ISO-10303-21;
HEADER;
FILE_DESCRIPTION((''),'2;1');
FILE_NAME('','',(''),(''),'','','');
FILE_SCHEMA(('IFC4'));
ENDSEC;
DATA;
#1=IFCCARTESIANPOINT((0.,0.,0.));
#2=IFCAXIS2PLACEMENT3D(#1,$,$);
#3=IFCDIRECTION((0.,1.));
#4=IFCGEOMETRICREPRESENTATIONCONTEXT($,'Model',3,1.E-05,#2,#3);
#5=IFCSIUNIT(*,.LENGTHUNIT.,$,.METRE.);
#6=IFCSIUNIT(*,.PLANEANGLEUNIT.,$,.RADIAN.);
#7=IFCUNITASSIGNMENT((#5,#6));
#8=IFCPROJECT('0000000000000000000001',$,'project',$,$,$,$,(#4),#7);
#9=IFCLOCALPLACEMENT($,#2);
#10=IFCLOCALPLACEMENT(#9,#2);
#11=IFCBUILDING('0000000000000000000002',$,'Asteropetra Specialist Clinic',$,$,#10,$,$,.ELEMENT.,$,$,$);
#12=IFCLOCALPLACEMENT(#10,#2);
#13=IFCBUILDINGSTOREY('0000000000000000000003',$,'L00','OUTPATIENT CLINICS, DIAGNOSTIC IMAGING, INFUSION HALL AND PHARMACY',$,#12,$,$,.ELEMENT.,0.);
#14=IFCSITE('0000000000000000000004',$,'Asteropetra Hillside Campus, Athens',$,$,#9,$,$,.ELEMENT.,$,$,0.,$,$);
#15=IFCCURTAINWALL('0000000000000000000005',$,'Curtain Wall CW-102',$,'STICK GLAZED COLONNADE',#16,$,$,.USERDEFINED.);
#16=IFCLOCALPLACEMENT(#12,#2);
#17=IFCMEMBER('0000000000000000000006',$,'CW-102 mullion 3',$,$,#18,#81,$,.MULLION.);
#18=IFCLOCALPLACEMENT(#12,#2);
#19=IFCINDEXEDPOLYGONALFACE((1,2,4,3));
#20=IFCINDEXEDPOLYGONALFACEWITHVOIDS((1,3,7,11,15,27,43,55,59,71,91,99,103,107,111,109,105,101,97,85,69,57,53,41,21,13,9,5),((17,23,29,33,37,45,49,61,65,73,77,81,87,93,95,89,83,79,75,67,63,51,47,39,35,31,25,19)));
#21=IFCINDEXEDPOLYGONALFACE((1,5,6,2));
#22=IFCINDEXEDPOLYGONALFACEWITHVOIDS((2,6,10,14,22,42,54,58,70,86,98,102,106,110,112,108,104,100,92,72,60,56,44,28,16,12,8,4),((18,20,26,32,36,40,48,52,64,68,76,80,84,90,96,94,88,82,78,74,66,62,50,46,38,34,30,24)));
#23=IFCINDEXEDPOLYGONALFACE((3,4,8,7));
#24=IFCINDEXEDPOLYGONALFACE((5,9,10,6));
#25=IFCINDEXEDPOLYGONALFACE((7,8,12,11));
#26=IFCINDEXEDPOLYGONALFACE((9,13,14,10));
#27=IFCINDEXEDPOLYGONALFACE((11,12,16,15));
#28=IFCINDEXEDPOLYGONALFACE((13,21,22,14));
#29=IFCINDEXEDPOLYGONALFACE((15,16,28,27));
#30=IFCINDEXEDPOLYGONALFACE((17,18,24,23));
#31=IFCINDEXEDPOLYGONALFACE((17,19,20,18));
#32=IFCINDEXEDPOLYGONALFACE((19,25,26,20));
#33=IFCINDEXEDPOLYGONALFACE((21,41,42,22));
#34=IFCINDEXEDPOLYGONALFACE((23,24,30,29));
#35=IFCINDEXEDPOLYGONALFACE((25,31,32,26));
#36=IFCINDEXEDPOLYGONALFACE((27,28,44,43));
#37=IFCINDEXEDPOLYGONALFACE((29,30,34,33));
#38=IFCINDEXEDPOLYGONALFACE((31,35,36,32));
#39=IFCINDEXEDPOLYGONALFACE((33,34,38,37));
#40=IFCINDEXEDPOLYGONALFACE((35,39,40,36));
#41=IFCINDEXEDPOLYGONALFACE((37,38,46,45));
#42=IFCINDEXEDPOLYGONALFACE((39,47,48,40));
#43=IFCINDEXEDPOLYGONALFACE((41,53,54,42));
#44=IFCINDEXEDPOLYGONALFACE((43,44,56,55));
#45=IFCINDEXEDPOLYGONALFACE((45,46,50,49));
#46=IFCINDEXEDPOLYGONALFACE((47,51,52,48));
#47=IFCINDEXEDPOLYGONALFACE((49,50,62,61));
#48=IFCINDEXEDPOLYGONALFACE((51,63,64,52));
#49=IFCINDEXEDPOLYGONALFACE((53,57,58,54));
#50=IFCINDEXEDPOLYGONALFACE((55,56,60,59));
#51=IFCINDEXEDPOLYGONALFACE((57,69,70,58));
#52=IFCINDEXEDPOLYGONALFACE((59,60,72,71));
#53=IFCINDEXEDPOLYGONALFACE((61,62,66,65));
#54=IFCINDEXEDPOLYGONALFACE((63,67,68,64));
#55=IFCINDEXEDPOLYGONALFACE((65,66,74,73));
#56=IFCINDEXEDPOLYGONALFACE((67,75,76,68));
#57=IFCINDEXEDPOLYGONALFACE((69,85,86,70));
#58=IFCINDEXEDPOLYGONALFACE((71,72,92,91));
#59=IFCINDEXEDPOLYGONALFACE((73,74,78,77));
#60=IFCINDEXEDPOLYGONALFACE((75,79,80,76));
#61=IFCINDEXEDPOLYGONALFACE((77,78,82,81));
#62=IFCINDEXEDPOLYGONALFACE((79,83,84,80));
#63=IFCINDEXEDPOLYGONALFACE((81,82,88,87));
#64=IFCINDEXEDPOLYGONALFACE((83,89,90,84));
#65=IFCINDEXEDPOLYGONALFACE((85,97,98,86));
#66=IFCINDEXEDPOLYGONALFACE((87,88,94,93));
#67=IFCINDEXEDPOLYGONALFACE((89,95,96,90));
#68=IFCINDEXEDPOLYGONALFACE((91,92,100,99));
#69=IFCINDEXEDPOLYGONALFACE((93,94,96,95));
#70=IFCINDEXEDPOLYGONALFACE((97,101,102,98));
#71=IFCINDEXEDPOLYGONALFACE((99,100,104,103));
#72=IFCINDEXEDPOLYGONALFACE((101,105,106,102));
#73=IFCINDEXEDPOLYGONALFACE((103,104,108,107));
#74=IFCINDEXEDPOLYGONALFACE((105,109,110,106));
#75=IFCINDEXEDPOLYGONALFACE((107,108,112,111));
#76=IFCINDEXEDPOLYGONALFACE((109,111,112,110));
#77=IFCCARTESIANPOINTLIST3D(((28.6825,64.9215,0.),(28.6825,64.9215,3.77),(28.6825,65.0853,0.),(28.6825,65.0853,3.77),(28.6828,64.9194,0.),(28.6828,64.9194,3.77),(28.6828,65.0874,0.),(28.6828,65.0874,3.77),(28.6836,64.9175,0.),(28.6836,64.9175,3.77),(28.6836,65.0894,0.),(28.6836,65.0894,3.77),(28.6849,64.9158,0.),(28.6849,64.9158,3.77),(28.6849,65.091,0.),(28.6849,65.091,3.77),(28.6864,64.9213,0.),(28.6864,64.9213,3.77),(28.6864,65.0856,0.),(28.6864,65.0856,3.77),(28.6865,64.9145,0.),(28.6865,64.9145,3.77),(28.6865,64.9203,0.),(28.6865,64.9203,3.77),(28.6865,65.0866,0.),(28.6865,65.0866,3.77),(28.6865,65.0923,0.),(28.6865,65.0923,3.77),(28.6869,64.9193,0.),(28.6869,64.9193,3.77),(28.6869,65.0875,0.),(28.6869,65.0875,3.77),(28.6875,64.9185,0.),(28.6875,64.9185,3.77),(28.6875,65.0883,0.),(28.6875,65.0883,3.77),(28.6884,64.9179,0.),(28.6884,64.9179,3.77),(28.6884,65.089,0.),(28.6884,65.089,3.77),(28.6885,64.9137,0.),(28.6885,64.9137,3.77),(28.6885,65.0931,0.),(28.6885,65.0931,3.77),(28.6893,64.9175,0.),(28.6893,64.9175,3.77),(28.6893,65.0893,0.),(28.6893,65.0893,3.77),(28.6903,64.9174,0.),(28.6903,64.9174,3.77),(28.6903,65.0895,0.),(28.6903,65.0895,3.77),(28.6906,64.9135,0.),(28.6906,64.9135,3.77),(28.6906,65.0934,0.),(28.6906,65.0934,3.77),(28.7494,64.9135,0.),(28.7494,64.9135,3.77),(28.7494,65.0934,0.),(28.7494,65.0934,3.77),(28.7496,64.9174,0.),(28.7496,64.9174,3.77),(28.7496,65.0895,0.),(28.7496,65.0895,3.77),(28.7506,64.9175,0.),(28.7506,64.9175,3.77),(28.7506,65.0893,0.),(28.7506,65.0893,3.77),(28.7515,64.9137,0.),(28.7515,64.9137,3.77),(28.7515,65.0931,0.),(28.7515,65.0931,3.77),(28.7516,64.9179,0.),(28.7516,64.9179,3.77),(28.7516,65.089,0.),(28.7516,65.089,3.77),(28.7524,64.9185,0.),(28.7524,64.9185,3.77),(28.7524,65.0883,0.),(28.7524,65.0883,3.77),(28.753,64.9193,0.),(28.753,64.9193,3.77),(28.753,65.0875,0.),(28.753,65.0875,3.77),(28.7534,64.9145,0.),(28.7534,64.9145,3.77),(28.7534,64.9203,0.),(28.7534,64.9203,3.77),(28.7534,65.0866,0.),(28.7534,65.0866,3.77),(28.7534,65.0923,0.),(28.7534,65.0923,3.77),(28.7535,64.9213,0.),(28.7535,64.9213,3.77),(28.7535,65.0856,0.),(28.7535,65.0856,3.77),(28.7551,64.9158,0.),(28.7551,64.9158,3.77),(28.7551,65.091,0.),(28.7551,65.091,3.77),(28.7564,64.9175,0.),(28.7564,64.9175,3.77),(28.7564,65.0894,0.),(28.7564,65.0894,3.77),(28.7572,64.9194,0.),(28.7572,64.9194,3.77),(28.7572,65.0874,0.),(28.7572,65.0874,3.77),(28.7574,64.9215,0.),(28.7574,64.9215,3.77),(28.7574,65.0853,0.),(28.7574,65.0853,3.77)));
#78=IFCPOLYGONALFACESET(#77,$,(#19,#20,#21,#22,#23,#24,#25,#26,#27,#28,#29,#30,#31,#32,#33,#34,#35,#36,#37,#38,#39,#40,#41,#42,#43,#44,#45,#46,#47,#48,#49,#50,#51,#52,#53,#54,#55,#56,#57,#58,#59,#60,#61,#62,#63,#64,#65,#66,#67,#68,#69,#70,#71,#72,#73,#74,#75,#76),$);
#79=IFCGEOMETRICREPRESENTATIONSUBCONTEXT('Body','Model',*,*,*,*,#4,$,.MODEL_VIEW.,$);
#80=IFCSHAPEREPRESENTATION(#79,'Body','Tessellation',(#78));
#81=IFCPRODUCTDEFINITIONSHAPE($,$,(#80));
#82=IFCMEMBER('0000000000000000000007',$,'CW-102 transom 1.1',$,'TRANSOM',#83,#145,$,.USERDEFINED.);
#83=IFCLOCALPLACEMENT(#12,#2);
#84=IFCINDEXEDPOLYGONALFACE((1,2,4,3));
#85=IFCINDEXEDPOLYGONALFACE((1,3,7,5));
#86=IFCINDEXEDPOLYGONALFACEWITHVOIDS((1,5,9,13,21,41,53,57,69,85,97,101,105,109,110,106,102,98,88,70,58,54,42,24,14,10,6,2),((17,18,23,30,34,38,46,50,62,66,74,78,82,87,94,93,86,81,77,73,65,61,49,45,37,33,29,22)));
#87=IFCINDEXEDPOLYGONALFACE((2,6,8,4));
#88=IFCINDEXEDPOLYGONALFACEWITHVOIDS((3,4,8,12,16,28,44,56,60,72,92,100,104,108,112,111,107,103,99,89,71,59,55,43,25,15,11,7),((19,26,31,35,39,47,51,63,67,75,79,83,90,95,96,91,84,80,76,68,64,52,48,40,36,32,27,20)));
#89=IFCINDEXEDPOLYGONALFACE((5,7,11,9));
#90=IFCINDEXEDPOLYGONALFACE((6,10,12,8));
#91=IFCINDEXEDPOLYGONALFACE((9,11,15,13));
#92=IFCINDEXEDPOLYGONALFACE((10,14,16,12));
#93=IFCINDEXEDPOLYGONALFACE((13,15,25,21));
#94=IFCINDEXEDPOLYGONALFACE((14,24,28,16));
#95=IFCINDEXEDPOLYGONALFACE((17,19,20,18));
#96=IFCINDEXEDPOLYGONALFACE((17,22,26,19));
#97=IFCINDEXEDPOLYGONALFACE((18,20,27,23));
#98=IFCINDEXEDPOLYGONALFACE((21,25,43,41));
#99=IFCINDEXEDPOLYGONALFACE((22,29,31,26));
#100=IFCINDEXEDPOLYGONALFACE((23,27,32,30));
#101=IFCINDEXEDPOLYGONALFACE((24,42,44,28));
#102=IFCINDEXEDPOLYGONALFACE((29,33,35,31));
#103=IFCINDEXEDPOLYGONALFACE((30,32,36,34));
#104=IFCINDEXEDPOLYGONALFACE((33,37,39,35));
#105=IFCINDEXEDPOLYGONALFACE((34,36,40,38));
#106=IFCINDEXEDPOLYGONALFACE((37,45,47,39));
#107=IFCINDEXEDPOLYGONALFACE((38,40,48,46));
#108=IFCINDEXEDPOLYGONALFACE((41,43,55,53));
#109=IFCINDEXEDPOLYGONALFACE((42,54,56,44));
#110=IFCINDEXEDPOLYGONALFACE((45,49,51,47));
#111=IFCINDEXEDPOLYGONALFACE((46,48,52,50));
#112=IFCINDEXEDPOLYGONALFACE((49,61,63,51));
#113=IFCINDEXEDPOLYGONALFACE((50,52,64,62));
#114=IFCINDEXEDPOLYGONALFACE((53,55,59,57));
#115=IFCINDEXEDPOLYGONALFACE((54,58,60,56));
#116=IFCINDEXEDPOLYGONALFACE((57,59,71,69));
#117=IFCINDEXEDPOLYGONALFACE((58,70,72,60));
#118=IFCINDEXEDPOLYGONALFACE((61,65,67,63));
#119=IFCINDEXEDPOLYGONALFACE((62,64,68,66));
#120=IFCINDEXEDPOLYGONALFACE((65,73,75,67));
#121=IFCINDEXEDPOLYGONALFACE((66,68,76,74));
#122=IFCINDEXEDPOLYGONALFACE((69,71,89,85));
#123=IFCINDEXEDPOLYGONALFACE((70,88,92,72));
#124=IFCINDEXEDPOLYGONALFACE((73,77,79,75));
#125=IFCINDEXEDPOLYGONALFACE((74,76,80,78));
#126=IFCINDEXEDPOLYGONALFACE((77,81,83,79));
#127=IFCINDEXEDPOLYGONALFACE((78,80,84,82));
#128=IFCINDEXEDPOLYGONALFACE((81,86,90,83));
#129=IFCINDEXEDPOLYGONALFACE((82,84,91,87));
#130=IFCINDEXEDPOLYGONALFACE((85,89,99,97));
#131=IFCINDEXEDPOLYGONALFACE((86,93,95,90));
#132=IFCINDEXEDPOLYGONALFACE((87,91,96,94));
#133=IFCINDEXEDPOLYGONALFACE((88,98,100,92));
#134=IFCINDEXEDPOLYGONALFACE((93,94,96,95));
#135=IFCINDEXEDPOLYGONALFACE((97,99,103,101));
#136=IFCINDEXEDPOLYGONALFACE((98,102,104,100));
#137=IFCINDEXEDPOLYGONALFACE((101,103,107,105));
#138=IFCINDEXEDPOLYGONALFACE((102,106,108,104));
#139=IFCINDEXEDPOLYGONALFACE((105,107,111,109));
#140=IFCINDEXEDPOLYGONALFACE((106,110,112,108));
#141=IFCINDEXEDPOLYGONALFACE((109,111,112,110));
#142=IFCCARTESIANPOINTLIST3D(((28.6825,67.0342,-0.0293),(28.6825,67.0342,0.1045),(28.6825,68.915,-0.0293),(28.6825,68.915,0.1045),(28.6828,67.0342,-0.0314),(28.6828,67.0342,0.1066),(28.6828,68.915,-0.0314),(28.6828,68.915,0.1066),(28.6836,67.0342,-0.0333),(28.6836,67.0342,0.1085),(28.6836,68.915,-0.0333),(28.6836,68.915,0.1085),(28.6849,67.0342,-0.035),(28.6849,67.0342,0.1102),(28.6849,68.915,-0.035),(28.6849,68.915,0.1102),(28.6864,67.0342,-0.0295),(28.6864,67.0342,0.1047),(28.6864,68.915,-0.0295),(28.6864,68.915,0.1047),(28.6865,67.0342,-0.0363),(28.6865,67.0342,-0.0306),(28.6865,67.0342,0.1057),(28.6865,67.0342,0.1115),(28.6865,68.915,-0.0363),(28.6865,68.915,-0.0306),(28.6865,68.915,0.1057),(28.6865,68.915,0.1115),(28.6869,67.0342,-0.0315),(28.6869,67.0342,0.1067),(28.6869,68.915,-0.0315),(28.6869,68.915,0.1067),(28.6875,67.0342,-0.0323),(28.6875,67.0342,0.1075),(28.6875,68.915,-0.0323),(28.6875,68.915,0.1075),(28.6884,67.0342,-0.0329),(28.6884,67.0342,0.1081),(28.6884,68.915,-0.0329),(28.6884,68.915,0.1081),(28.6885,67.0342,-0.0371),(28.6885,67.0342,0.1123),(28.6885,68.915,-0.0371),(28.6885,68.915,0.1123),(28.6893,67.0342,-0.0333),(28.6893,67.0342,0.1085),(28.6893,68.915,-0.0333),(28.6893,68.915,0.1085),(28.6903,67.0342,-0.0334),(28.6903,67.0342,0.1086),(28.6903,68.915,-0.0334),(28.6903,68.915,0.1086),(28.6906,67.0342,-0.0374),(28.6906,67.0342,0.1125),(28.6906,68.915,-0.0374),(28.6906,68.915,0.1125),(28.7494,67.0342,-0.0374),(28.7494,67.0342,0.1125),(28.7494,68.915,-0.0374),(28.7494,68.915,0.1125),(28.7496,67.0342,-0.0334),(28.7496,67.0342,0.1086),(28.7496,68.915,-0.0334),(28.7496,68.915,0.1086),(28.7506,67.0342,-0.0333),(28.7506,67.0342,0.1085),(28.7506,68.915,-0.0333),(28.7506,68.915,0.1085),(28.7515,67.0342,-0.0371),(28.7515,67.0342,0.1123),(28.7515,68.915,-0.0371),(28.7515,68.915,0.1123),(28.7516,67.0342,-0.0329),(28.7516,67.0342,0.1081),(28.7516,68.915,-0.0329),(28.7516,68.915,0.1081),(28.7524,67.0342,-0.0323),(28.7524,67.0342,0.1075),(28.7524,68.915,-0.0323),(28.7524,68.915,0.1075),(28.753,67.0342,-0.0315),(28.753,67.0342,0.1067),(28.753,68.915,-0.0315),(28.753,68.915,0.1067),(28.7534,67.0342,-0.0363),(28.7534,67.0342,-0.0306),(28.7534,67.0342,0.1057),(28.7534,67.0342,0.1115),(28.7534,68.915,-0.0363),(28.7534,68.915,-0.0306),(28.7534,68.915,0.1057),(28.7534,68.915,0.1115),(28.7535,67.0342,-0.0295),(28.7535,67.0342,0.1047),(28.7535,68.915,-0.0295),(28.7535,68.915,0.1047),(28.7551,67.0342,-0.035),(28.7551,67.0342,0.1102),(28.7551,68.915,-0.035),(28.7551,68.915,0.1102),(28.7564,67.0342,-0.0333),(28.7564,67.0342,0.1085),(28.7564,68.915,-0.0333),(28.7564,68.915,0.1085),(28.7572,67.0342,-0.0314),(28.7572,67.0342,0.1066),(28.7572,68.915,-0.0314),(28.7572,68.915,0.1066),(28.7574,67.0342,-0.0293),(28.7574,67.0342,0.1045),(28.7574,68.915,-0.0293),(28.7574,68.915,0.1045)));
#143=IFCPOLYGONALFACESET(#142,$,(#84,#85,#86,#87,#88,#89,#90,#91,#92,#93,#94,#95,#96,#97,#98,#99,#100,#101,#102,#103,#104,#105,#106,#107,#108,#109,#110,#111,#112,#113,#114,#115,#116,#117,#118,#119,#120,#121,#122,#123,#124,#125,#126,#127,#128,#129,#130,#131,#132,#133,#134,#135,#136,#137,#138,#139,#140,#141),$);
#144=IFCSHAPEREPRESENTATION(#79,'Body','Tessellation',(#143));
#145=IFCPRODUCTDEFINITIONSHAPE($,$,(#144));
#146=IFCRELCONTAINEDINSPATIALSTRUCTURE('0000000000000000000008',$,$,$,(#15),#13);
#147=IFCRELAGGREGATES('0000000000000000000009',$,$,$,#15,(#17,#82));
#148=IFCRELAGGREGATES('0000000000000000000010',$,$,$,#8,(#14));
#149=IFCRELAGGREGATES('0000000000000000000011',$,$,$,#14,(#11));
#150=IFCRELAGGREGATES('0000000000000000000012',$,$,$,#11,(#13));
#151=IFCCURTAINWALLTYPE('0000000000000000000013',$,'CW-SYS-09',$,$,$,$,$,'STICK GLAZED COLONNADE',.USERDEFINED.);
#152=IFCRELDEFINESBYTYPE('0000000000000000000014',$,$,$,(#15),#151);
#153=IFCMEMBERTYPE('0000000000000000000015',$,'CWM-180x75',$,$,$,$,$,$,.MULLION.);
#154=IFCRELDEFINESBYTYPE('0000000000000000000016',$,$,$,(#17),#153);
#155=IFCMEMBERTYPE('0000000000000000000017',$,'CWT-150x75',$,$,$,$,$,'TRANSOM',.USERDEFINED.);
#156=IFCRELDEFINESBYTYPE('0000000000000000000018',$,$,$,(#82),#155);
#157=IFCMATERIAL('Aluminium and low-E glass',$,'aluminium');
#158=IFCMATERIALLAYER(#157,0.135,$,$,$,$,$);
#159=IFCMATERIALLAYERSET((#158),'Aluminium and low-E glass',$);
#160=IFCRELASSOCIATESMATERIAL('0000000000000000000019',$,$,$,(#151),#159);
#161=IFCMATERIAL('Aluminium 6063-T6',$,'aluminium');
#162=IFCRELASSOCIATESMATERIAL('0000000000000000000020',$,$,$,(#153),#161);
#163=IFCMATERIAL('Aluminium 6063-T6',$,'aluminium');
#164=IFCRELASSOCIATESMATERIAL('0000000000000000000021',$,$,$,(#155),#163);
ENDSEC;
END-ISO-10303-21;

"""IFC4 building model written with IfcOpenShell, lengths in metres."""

from ifc_helpers import new_model, si_unit, direction, frame, origin, origin_2d, place, context, subcontext, project, spatial, hollow_rectangle, extrude, material, layer, layer_set, material_profile, profile_set, type_object, element, aggregate, save


model = new_model("IFC4")

# Units and contexts
model_context = context("Model", 3, precision=1e-05, world=origin(), true_north=direction((0.0, 1.0)))
body_context = subcontext(model_context, "Body", "Model", "MODEL_VIEW")
ifc_project = project(units=[si_unit("LENGTHUNIT", "METRE"), si_unit("PLANEANGLEUNIT", "RADIAN")], contexts=[model_context])

# Site, building, storey
site_placement = place(None, origin())
site = spatial("IfcSite", under=ifc_project, at=site_placement, Name="Asteropetra Hillside Campus, Athens", CompositionType="ELEMENT", RefElevation=0.0)
building_placement = place(site_placement, origin())
building = spatial("IfcBuilding", under=site, at=building_placement, Name="Asteropetra Specialist Clinic", CompositionType="ELEMENT")
storey_placement = place(building_placement, origin())
storey = spatial("IfcBuildingStorey", under=building, at=storey_placement, Name="L00", Description="OUTPATIENT CLINICS, DIAGNOSTIC IMAGING, INFUSION HALL AND PHARMACY", CompositionType="ELEMENT", Elevation=0.0)

# Curtain wall, members
ifc_material_1 = material(Name="Aluminium and low-E glass", Category="aluminium")
ifc_layer_1 = layer(ifc_material_1, 0.135)
ifc_layer_set_1 = layer_set([ifc_layer_1], Name="Aluminium and low-E glass")
curtain_wall_type = type_object("IfcCurtainWallType", Name="CW-SYS-09", ElementType="STICK GLAZED COLONNADE", PredefinedType="USERDEFINED", material=ifc_layer_set_1)
curtain_wall_placement = place(storey_placement, origin())
curtain_wall = element("IfcCurtainWall", 1, at=curtain_wall_placement, inside=storey, type_object=curtain_wall_type, Name="Curtain Wall CW-102", ObjectType="STICK GLAZED COLONNADE", PredefinedType="USERDEFINED")
ifc_material_2 = material(Name="Aluminium 6063-T6", Category="aluminium")
ifc_material_profile_1 = material_profile(ifc_material_2, hollow_rectangle(XDim=0.075, YDim=0.1799, WallThickness=0.0039, InnerFilletRadius=0.0039, OuterFilletRadius=0.0081, at=origin_2d()), Name="MUL 180x75x4.0")
ifc_profile_set_1 = profile_set([ifc_material_profile_1], Name="Aluminium 6063-T6")
member_type_1 = type_object("IfcMemberType", Name="CWM-180x75", PredefinedType="MULLION", material=ifc_profile_set_1)
member_1_placement = place(storey_placement, frame((28.72, 65.0034, 0.0), z_axis=(0.0, 0.0, 1.0), x_axis=(1.0, 0.0, 0.0)))
member_1 = element("IfcMember", 2, at=member_1_placement, type_object=member_type_1, Name="CW-102 mullion 3", PredefinedType="MULLION", context=body_context, shape_type="SweptSolid", body=[
    extrude(hollow_rectangle(XDim=0.075, YDim=0.1799, WallThickness=0.0039, InnerFilletRadius=0.0039, OuterFilletRadius=0.0081, at=origin_2d()), origin(), (0.0, 0.0, 1.0), 3.77),
])
ifc_material_3 = material(Name="Aluminium 6063-T6", Category="aluminium")
ifc_material_profile_2 = material_profile(ifc_material_3, hollow_rectangle(XDim=0.075, YDim=0.1499, WallThickness=0.0039, InnerFilletRadius=0.0039, OuterFilletRadius=0.0081, at=origin_2d()), Name="TRN 150x75x4.0")
ifc_profile_set_2 = profile_set([ifc_material_profile_2], Name="Aluminium 6063-T6")
member_type_2 = type_object("IfcMemberType", Name="CWT-150x75", ElementType="TRANSOM", PredefinedType="USERDEFINED", material=ifc_profile_set_2)
member_2_placement = place(storey_placement, frame((28.72, 68.915, 0.0376), z_axis=(0.0, -1.0, 0.0), x_axis=(1.0, 0.0, 0.0)))
member_2 = element("IfcMember", 3, at=member_2_placement, type_object=member_type_2, Name="CW-102 transom 1.1", ObjectType="TRANSOM", PredefinedType="USERDEFINED", context=body_context, shape_type="SweptSolid", body=[
    extrude(hollow_rectangle(XDim=0.075, YDim=0.1499, WallThickness=0.0039, InnerFilletRadius=0.0039, OuterFilletRadius=0.0081, at=origin_2d()), origin(), (0.0, 0.0, 1.0), 1.8809),
])
aggregate(curtain_wall, [member_1, member_2])

save(model, "model.ifc")
